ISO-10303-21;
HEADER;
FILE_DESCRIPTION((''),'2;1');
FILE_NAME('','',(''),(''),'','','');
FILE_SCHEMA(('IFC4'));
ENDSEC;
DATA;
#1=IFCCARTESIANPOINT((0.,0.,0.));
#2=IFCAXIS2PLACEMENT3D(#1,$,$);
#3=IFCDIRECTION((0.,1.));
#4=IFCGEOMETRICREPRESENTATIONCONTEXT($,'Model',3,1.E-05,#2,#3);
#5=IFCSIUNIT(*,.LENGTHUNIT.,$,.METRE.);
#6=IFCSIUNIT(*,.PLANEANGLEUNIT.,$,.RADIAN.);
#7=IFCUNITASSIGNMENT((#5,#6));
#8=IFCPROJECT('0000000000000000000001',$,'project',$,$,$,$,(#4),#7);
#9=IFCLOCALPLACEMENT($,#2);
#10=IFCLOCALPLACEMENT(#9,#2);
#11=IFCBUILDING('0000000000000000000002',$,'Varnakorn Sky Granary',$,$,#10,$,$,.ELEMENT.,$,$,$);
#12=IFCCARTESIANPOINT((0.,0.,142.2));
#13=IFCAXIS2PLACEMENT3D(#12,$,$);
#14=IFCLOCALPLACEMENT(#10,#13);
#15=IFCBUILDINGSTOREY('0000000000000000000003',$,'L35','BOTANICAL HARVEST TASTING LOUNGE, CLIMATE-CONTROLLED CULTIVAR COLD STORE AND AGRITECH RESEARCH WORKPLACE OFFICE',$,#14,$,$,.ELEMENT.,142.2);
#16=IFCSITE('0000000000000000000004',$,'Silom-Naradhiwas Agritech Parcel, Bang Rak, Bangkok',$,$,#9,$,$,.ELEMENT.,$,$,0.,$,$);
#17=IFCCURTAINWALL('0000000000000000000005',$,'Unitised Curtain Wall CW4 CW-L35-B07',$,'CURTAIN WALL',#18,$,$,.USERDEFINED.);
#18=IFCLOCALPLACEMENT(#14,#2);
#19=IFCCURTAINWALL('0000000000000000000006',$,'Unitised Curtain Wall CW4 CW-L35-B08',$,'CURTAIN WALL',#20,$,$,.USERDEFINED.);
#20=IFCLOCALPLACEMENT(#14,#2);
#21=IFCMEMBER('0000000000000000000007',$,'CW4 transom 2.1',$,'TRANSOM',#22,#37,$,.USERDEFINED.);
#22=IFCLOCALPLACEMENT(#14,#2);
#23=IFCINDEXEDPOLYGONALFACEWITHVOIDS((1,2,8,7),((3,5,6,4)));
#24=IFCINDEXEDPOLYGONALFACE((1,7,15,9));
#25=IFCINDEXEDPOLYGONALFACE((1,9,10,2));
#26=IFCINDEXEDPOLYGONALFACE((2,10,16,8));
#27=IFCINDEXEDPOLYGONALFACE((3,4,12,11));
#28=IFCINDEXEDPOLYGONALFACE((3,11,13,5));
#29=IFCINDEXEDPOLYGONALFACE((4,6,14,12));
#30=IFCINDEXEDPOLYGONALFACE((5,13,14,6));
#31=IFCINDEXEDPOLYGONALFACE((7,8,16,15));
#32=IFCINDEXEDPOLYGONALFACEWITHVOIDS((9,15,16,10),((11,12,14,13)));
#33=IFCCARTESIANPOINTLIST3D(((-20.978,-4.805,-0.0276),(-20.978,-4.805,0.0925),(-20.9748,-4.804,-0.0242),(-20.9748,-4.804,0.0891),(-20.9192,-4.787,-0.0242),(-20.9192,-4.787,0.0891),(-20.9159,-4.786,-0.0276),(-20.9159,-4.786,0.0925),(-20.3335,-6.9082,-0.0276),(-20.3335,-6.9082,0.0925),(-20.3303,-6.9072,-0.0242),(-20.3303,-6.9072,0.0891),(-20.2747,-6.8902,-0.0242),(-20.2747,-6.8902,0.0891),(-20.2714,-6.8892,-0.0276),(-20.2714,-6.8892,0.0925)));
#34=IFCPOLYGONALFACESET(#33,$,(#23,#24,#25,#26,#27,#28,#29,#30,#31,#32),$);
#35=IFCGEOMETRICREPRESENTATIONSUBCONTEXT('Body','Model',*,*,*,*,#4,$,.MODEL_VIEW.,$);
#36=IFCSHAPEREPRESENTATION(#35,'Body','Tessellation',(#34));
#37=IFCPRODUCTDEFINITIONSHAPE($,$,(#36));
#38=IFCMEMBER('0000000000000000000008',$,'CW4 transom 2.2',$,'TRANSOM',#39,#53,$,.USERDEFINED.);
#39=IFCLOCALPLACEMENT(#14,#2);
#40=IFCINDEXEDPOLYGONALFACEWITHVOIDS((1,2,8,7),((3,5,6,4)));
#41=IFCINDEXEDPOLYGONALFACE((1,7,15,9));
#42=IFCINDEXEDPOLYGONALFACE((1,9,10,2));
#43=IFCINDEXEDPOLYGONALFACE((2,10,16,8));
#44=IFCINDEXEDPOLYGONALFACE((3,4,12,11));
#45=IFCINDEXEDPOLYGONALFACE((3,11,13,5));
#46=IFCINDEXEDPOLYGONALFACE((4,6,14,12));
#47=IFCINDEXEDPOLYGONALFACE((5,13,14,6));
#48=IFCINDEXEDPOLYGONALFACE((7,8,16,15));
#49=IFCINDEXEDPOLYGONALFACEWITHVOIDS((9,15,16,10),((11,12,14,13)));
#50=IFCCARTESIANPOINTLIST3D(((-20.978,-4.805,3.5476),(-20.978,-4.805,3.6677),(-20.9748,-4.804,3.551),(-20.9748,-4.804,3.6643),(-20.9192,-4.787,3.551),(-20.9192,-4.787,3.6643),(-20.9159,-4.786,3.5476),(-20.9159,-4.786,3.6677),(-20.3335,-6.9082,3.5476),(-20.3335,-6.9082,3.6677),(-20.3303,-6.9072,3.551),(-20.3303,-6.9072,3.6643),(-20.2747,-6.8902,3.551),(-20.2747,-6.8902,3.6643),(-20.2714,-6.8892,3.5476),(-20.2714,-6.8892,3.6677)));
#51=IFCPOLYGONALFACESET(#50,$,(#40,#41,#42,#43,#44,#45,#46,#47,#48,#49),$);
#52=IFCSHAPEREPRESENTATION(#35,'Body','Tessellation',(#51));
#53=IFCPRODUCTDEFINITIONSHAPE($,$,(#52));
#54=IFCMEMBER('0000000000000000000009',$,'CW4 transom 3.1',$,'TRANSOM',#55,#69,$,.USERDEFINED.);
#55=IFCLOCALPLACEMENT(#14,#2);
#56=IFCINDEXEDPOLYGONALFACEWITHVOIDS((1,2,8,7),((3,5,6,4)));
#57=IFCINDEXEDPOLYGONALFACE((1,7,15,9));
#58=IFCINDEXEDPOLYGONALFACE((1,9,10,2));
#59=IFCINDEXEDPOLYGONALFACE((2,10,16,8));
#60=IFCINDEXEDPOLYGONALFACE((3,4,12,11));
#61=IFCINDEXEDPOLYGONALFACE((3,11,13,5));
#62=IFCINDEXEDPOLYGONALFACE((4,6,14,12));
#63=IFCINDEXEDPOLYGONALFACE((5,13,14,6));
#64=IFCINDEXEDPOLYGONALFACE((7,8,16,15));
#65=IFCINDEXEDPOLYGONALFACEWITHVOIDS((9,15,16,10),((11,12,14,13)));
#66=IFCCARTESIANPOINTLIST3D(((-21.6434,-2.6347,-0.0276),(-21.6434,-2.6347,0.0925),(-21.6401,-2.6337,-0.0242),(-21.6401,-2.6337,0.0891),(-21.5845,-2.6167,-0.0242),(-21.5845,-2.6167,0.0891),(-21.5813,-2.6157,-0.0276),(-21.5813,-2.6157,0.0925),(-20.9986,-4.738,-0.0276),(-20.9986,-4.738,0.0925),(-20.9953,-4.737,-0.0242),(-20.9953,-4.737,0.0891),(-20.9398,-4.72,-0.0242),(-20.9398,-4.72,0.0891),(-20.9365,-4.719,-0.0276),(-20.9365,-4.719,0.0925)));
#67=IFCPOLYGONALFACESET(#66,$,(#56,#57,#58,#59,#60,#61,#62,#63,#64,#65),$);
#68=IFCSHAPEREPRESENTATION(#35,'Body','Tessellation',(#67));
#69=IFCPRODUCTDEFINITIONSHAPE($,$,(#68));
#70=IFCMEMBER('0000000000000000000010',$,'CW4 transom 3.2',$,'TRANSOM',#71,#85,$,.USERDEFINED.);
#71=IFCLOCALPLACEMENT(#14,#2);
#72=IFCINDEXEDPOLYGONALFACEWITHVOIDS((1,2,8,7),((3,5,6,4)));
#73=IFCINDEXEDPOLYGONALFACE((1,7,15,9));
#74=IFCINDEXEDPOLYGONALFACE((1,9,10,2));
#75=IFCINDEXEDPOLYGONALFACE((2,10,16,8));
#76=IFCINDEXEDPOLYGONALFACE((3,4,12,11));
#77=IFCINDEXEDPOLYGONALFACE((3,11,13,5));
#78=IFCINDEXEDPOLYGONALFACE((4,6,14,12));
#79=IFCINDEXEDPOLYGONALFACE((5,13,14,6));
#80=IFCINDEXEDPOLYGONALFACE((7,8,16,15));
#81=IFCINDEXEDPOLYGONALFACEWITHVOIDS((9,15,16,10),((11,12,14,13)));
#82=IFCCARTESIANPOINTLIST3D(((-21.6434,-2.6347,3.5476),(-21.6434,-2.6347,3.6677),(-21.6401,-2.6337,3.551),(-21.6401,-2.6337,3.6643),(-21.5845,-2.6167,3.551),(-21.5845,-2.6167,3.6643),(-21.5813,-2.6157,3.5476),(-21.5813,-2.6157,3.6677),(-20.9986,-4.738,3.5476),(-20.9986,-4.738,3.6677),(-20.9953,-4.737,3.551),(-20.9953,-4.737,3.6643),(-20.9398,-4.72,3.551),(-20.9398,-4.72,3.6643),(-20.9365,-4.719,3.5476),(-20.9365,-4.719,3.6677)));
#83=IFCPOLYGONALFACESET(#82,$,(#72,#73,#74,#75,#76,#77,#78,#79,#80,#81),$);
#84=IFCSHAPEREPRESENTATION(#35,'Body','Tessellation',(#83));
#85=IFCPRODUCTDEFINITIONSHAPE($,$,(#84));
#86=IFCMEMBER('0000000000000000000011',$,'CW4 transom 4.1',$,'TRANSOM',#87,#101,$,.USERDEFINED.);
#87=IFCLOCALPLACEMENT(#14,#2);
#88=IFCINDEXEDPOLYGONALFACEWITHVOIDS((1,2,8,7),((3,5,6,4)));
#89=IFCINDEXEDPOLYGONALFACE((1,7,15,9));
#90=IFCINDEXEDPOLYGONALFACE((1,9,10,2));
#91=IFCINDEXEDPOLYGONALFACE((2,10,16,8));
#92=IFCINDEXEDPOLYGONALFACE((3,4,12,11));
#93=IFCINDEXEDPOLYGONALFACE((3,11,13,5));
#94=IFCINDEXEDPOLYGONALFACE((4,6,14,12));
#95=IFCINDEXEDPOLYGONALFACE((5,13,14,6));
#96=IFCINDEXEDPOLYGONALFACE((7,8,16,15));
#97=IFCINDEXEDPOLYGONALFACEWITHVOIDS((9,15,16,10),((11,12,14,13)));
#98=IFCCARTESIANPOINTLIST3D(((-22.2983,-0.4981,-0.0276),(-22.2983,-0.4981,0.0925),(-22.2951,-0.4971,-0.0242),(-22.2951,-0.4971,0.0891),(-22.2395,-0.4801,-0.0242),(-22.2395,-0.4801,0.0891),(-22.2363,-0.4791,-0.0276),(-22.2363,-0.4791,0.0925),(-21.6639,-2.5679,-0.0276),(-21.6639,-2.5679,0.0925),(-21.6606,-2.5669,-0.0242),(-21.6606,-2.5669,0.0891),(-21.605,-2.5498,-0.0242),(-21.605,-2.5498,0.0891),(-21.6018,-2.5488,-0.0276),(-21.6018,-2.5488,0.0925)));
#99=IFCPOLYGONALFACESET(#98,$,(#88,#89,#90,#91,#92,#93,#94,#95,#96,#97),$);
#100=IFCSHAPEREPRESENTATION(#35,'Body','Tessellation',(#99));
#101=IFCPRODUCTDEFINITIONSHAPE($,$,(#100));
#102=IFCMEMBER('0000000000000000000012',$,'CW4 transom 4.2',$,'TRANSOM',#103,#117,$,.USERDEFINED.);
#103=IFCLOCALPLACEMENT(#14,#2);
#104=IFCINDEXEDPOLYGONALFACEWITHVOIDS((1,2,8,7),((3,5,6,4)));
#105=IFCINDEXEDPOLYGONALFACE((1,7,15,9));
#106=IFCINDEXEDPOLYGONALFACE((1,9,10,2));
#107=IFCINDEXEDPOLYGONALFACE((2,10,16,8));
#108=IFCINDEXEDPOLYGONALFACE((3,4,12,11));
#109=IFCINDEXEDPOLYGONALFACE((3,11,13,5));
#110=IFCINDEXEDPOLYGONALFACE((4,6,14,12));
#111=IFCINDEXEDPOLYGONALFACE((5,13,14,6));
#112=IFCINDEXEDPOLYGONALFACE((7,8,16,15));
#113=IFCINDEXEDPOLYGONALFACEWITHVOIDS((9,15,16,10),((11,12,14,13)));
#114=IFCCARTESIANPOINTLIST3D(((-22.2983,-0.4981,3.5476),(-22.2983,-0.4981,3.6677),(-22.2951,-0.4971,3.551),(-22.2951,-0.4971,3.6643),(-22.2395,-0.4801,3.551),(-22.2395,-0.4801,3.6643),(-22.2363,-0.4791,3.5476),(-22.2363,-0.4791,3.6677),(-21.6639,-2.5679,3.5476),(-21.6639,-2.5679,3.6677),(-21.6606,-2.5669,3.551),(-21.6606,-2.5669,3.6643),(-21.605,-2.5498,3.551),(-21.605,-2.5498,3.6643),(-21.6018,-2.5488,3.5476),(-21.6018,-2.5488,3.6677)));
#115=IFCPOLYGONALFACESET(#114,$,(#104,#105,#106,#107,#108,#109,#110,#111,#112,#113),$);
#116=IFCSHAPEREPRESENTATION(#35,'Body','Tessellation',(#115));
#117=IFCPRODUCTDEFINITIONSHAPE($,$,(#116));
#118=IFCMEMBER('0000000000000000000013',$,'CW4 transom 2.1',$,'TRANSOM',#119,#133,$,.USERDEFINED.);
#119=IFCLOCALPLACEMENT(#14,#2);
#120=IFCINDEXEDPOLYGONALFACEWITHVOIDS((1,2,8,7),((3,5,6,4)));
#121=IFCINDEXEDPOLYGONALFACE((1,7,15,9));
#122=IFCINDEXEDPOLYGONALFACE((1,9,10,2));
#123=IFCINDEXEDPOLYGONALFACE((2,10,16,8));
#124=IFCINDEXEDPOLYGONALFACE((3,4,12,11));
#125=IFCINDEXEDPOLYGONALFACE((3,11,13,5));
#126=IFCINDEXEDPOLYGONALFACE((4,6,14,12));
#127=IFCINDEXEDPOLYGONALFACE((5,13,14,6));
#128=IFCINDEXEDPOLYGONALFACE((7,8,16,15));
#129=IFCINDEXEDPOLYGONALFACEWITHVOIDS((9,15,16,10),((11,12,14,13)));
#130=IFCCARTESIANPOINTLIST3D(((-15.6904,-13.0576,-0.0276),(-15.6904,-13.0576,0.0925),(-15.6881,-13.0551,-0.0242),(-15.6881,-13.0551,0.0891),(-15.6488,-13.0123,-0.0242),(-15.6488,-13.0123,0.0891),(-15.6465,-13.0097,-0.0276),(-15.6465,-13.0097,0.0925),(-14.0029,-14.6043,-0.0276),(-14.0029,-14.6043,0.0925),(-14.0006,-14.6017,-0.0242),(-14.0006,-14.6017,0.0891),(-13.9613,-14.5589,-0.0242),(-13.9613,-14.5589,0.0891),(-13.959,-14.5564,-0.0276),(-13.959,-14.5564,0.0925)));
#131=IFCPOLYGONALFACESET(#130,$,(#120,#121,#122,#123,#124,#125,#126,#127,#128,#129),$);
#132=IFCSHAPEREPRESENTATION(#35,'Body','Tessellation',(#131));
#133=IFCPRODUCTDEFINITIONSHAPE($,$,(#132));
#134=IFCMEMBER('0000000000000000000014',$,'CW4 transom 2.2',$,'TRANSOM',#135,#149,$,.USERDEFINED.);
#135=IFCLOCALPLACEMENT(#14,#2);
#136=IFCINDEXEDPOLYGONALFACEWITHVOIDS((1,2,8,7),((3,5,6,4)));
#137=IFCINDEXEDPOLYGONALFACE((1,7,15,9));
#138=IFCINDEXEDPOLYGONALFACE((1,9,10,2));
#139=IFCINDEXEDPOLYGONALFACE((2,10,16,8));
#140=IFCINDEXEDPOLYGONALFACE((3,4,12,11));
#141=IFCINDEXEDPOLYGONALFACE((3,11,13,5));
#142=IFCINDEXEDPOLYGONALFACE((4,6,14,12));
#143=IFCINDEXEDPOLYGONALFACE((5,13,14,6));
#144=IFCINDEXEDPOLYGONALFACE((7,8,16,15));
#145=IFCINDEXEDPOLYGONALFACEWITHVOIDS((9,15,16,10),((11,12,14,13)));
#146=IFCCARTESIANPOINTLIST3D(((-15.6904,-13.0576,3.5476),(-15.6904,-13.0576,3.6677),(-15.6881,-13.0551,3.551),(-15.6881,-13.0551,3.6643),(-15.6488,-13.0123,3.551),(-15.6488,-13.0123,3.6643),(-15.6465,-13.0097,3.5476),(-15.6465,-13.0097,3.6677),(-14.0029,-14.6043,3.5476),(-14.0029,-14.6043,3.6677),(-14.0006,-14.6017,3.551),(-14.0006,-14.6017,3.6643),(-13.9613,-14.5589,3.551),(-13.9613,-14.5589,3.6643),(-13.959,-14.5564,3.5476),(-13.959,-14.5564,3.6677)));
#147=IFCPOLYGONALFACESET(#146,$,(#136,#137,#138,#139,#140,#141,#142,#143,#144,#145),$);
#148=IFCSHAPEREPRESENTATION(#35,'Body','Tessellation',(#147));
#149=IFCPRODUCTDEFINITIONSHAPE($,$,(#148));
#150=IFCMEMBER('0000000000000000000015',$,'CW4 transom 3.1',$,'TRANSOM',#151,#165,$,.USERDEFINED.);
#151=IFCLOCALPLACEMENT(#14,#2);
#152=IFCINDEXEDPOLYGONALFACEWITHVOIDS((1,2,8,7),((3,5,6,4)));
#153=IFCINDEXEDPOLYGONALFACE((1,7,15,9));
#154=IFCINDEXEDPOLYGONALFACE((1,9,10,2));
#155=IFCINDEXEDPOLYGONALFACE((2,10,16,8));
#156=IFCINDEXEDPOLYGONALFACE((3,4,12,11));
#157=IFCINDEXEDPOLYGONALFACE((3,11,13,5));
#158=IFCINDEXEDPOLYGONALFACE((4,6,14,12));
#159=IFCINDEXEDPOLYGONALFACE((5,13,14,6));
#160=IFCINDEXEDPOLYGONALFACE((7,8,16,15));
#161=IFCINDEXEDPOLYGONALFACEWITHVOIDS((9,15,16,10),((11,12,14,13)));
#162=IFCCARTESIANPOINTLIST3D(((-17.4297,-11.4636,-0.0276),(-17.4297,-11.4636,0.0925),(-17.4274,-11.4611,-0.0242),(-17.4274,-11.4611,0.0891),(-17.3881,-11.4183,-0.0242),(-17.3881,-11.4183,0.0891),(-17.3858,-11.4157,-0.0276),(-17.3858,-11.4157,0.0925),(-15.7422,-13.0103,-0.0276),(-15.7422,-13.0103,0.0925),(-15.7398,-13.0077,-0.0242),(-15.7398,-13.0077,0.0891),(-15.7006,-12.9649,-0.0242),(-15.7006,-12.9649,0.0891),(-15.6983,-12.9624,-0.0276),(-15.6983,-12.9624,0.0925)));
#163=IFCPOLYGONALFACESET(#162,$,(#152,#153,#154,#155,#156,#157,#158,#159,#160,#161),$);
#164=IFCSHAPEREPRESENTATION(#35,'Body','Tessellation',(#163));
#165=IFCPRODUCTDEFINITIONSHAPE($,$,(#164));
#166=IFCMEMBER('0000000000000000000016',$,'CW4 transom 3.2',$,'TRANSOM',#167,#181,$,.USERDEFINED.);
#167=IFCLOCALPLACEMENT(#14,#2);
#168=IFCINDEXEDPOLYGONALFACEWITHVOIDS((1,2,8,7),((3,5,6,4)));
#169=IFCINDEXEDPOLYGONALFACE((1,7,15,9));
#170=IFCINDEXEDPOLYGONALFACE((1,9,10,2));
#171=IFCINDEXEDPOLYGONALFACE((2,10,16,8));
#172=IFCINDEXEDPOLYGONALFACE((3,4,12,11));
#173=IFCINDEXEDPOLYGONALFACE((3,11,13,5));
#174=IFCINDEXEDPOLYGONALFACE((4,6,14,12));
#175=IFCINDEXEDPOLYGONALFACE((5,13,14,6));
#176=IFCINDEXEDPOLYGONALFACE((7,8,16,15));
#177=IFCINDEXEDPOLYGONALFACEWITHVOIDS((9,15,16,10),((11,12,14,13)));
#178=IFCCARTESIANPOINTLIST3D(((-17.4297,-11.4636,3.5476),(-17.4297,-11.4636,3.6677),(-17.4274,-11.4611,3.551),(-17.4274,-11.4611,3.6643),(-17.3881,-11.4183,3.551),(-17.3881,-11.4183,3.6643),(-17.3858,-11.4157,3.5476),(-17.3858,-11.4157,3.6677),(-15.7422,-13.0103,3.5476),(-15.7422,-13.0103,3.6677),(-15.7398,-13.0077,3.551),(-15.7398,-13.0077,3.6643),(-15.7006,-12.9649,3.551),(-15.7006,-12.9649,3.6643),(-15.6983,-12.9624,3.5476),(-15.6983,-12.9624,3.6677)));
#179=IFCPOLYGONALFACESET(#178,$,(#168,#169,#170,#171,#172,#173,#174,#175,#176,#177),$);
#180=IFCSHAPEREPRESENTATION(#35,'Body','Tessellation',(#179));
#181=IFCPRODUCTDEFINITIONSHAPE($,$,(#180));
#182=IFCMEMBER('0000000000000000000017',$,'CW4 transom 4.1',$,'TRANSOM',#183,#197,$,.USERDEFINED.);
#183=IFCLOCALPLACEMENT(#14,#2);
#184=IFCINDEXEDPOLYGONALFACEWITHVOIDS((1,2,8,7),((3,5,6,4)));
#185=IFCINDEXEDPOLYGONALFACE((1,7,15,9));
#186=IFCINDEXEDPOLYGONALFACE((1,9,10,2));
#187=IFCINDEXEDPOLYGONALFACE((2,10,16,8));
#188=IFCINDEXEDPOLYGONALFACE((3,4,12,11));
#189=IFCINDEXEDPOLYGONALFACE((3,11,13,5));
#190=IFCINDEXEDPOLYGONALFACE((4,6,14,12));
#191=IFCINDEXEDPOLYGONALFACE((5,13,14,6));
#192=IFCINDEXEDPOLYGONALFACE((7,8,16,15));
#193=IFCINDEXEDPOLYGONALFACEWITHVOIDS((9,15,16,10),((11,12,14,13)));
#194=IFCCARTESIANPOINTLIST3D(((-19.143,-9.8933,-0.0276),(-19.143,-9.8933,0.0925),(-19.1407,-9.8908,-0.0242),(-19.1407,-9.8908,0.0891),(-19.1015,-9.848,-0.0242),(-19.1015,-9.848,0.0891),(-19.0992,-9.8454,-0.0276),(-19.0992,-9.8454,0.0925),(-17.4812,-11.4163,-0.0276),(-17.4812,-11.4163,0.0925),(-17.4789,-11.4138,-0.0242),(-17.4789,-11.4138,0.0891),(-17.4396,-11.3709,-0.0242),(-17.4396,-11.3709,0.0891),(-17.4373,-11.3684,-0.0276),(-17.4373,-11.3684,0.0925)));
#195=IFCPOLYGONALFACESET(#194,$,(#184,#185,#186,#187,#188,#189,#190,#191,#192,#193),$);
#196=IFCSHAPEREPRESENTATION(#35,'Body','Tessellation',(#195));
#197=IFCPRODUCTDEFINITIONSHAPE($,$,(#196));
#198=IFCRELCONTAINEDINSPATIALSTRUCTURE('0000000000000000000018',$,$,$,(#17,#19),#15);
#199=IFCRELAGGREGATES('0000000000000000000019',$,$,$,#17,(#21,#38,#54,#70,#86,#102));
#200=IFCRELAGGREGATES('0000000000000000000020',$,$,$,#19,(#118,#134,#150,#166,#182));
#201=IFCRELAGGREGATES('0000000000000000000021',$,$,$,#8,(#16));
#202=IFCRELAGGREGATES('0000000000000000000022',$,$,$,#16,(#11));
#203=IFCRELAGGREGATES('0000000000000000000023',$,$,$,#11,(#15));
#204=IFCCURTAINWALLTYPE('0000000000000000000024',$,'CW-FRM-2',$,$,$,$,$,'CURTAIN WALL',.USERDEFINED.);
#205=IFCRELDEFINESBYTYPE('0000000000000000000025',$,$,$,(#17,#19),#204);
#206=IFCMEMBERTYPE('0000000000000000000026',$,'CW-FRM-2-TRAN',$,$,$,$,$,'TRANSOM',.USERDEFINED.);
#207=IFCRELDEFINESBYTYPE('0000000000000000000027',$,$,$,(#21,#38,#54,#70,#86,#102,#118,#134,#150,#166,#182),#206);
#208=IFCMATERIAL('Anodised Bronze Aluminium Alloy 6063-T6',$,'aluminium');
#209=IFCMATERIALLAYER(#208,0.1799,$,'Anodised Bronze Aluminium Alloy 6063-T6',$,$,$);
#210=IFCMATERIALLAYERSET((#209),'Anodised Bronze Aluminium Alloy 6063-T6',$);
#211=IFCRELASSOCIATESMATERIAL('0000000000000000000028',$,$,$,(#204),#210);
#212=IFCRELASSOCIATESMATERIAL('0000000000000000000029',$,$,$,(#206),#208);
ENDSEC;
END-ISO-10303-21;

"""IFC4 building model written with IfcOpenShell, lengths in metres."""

from ifc_helpers import new_model, si_unit, direction, frame, origin, origin_2d, place, context, subcontext, project, spatial, hollow_rectangle, extrude, material, layer, layer_set, material_profile, profile_set, type_object, element, aggregate, save


model = new_model("IFC4")

# Units and contexts
model_context = context("Model", 3, precision=1e-05, world=origin(), true_north=direction((0.0, 1.0)))
body_context = subcontext(model_context, "Body", "Model", "MODEL_VIEW")
ifc_project = project(units=[si_unit("LENGTHUNIT", "METRE"), si_unit("PLANEANGLEUNIT", "RADIAN")], contexts=[model_context])

# Site, building, storey
site_placement = place(None, origin())
site = spatial("IfcSite", under=ifc_project, at=site_placement, Name="Silom-Naradhiwas Agritech Parcel, Bang Rak, Bangkok", CompositionType="ELEMENT", RefElevation=0.0)
building_placement = place(site_placement, origin())
building = spatial("IfcBuilding", under=site, at=building_placement, Name="Varnakorn Sky Granary", CompositionType="ELEMENT")
storey_placement = place(building_placement, frame((0.0, 0.0, 142.2)))
storey = spatial("IfcBuildingStorey", under=building, at=storey_placement, Name="L35", Description="BOTANICAL HARVEST TASTING LOUNGE, CLIMATE-CONTROLLED CULTIVAR COLD STORE AND AGRITECH RESEARCH WORKPLACE OFFICE", CompositionType="ELEMENT", Elevation=142.2)

# Curtain walls
ifc_material_1 = material(Name="Anodised Bronze Aluminium Alloy 6063-T6", Category="aluminium")
ifc_layer_1 = layer(ifc_material_1, 0.1799, Name="Anodised Bronze Aluminium Alloy 6063-T6")
ifc_layer_set_1 = layer_set([ifc_layer_1], Name="Anodised Bronze Aluminium Alloy 6063-T6")
curtain_wall_type = type_object("IfcCurtainWallType", Name="CW-FRM-2", ElementType="CURTAIN WALL", PredefinedType="USERDEFINED", material=ifc_layer_set_1)
curtain_wall_1_placement = place(storey_placement, origin())
curtain_wall_1 = element("IfcCurtainWall", 1, at=curtain_wall_1_placement, inside=storey, type_object=curtain_wall_type, Name="Unitised Curtain Wall CW4 CW-L35-B07", ObjectType="CURTAIN WALL", PredefinedType="USERDEFINED")
curtain_wall_2_placement = place(storey_placement, origin())
curtain_wall_2 = element("IfcCurtainWall", 2, at=curtain_wall_2_placement, inside=storey, type_object=curtain_wall_type, Name="Unitised Curtain Wall CW4 CW-L35-B08", ObjectType="CURTAIN WALL", PredefinedType="USERDEFINED")

# Members
ifc_material_profile_1 = material_profile(ifc_material_1, hollow_rectangle(XDim=0.0649, YDim=0.1201, WallThickness=0.0034, at=origin_2d()), Name="ALU TRAN 65x120")
ifc_profile_set_1 = profile_set([ifc_material_profile_1], Name="Anodised Bronze Aluminium Alloy 6063-T6")
member_type_1 = type_object("IfcMemberType", Name="CW-FRM-2-TRAN", ElementType="TRANSOM", PredefinedType="USERDEFINED", material=ifc_profile_set_1)
member_1_placement = place(storey_placement, frame((-20.3025, -6.8987, 0.0325), z_axis=(-0.292994, 0.956114, 0.0), x_axis=(-0.956114, -0.292994, 0.0)))
member_1 = element("IfcMember", 3, at=member_1_placement, type_object=member_type_1, Name="CW4 transom 2.1", ObjectType="TRANSOM", PredefinedType="USERDEFINED", context=body_context, shape_type="SweptSolid", body=[
    extrude(hollow_rectangle(XDim=0.0649, YDim=0.1201, WallThickness=0.0034, at=origin_2d()), origin(), (0.0, 0.0, 1.0), 2.1997),
])
member_2_placement = place(storey_placement, frame((-20.3025, -6.8987, 3.6077), z_axis=(-0.292994, 0.956114, 0.0), x_axis=(-0.956114, -0.292994, 0.0)))
member_2 = element("IfcMember", 4, at=member_2_placement, type_object=member_type_1, Name="CW4 transom 2.2", ObjectType="TRANSOM", PredefinedType="USERDEFINED", context=body_context, shape_type="SweptSolid", body=[
    extrude(hollow_rectangle(XDim=0.0649, YDim=0.1201, WallThickness=0.0034, at=origin_2d()), origin(), (0.0, 0.0, 1.0), 2.1997),
])
member_3_placement = place(storey_placement, frame((-20.9675, -4.7285, 0.0325), z_axis=(-0.293095, 0.956083, 0.0), x_axis=(-0.956083, -0.293095, 0.0)))
member_3 = element("IfcMember", 5, at=member_3_placement, type_object=member_type_1, Name="CW4 transom 3.1", ObjectType="TRANSOM", PredefinedType="USERDEFINED", context=body_context, shape_type="SweptSolid", body=[
    extrude(hollow_rectangle(XDim=0.0649, YDim=0.1201, WallThickness=0.0034, at=origin_2d()), origin(), (0.0, 0.0, 1.0), 2.2),
])
member_4_placement = place(storey_placement, frame((-20.9675, -4.7285, 3.6077), z_axis=(-0.293095, 0.956083, 0.0), x_axis=(-0.956083, -0.293095, 0.0)))
member_4 = element("IfcMember", 6, at=member_4_placement, type_object=member_type_1, Name="CW4 transom 3.2", ObjectType="TRANSOM", PredefinedType="USERDEFINED", context=body_context, shape_type="SweptSolid", body=[
    extrude(hollow_rectangle(XDim=0.0649, YDim=0.1201, WallThickness=0.0034, at=origin_2d()), origin(), (0.0, 0.0, 1.0), 2.2),
])
member_5_placement = place(storey_placement, frame((-21.6328, -2.5583, 0.0325), z_axis=(-0.293095, 0.956083, 0.0), x_axis=(-0.956083, -0.293095, 0.0)))
member_5 = element("IfcMember", 7, at=member_5_placement, type_object=member_type_1, Name="CW4 transom 4.1", ObjectType="TRANSOM", PredefinedType="USERDEFINED", context=body_context, shape_type="SweptSolid", body=[
    extrude(hollow_rectangle(XDim=0.0649, YDim=0.1201, WallThickness=0.0034, at=origin_2d()), origin(), (0.0, 0.0, 1.0), 2.1648),
])
member_6_placement = place(storey_placement, frame((-21.6328, -2.5583, 3.6077), z_axis=(-0.293095, 0.956083, 0.0), x_axis=(-0.956083, -0.293095, 0.0)))
member_6 = element("IfcMember", 8, at=member_6_placement, type_object=member_type_1, Name="CW4 transom 4.2", ObjectType="TRANSOM", PredefinedType="USERDEFINED", context=body_context, shape_type="SweptSolid", body=[
    extrude(hollow_rectangle(XDim=0.0649, YDim=0.1201, WallThickness=0.0034, at=origin_2d()), origin(), (0.0, 0.0, 1.0), 2.1648),
])
member_7_placement = place(storey_placement, frame((-13.981, -14.5803, 0.0325), z_axis=(-0.737207, 0.675667, 0.0), x_axis=(-0.675667, -0.737207, 0.0)))
member_7 = element("IfcMember", 9, at=member_7_placement, type_object=member_type_1, Name="CW4 transom 2.1", ObjectType="TRANSOM", PredefinedType="USERDEFINED", context=body_context, shape_type="SweptSolid", body=[
    extrude(hollow_rectangle(XDim=0.0649, YDim=0.1201, WallThickness=0.0034, at=origin_2d()), origin(), (0.0, 0.0, 1.0), 2.2891),
])
member_8_placement = place(storey_placement, frame((-13.981, -14.5803, 3.6077), z_axis=(-0.737207, 0.675667, 0.0), x_axis=(-0.675667, -0.737207, 0.0)))
member_8 = element("IfcMember", 10, at=member_8_placement, type_object=member_type_1, Name="CW4 transom 2.2", ObjectType="TRANSOM", PredefinedType="USERDEFINED", context=body_context, shape_type="SweptSolid", body=[
    extrude(hollow_rectangle(XDim=0.0649, YDim=0.1201, WallThickness=0.0034, at=origin_2d()), origin(), (0.0, 0.0, 1.0), 2.2891),
])
member_9_placement = place(storey_placement, frame((-15.7202, -12.9863, 0.0325), z_axis=(-0.737207, 0.675667, 0.0), x_axis=(-0.675667, -0.737207, 0.0)))
member_9 = element("IfcMember", 11, at=member_9_placement, type_object=member_type_1, Name="CW4 transom 3.1", ObjectType="TRANSOM", PredefinedType="USERDEFINED", context=body_context, shape_type="SweptSolid", body=[
    extrude(hollow_rectangle(XDim=0.0649, YDim=0.1201, WallThickness=0.0034, at=origin_2d()), origin(), (0.0, 0.0, 1.0), 2.2891),
])
member_10_placement = place(storey_placement, frame((-15.7202, -12.9863, 3.6077), z_axis=(-0.737207, 0.675667, 0.0), x_axis=(-0.675667, -0.737207, 0.0)))
member_10 = element("IfcMember", 12, at=member_10_placement, type_object=member_type_1, Name="CW4 transom 3.2", ObjectType="TRANSOM", PredefinedType="USERDEFINED", context=body_context, shape_type="SweptSolid", body=[
    extrude(hollow_rectangle(XDim=0.0649, YDim=0.1201, WallThickness=0.0034, at=origin_2d()), origin(), (0.0, 0.0, 1.0), 2.2891),
])
member_11_placement = place(storey_placement, frame((-17.4592, -11.3923, 0.0325), z_axis=(-0.737249, 0.675622, 0.0), x_axis=(-0.675622, -0.737249, 0.0)))
member_11 = element("IfcMember", 13, at=member_11_placement, type_object=member_type_1, Name="CW4 transom 4.1", ObjectType="TRANSOM", PredefinedType="USERDEFINED", context=body_context, shape_type="SweptSolid", body=[
    extrude(hollow_rectangle(XDim=0.0649, YDim=0.1201, WallThickness=0.0034, at=origin_2d()), origin(), (0.0, 0.0, 1.0), 2.2542),
])

aggregate(curtain_wall_1, [member_1, member_2, member_3, member_4, member_5, member_6])
aggregate(curtain_wall_2, [member_7, member_8, member_9, member_10, member_11])

save(model, "model.ifc")
